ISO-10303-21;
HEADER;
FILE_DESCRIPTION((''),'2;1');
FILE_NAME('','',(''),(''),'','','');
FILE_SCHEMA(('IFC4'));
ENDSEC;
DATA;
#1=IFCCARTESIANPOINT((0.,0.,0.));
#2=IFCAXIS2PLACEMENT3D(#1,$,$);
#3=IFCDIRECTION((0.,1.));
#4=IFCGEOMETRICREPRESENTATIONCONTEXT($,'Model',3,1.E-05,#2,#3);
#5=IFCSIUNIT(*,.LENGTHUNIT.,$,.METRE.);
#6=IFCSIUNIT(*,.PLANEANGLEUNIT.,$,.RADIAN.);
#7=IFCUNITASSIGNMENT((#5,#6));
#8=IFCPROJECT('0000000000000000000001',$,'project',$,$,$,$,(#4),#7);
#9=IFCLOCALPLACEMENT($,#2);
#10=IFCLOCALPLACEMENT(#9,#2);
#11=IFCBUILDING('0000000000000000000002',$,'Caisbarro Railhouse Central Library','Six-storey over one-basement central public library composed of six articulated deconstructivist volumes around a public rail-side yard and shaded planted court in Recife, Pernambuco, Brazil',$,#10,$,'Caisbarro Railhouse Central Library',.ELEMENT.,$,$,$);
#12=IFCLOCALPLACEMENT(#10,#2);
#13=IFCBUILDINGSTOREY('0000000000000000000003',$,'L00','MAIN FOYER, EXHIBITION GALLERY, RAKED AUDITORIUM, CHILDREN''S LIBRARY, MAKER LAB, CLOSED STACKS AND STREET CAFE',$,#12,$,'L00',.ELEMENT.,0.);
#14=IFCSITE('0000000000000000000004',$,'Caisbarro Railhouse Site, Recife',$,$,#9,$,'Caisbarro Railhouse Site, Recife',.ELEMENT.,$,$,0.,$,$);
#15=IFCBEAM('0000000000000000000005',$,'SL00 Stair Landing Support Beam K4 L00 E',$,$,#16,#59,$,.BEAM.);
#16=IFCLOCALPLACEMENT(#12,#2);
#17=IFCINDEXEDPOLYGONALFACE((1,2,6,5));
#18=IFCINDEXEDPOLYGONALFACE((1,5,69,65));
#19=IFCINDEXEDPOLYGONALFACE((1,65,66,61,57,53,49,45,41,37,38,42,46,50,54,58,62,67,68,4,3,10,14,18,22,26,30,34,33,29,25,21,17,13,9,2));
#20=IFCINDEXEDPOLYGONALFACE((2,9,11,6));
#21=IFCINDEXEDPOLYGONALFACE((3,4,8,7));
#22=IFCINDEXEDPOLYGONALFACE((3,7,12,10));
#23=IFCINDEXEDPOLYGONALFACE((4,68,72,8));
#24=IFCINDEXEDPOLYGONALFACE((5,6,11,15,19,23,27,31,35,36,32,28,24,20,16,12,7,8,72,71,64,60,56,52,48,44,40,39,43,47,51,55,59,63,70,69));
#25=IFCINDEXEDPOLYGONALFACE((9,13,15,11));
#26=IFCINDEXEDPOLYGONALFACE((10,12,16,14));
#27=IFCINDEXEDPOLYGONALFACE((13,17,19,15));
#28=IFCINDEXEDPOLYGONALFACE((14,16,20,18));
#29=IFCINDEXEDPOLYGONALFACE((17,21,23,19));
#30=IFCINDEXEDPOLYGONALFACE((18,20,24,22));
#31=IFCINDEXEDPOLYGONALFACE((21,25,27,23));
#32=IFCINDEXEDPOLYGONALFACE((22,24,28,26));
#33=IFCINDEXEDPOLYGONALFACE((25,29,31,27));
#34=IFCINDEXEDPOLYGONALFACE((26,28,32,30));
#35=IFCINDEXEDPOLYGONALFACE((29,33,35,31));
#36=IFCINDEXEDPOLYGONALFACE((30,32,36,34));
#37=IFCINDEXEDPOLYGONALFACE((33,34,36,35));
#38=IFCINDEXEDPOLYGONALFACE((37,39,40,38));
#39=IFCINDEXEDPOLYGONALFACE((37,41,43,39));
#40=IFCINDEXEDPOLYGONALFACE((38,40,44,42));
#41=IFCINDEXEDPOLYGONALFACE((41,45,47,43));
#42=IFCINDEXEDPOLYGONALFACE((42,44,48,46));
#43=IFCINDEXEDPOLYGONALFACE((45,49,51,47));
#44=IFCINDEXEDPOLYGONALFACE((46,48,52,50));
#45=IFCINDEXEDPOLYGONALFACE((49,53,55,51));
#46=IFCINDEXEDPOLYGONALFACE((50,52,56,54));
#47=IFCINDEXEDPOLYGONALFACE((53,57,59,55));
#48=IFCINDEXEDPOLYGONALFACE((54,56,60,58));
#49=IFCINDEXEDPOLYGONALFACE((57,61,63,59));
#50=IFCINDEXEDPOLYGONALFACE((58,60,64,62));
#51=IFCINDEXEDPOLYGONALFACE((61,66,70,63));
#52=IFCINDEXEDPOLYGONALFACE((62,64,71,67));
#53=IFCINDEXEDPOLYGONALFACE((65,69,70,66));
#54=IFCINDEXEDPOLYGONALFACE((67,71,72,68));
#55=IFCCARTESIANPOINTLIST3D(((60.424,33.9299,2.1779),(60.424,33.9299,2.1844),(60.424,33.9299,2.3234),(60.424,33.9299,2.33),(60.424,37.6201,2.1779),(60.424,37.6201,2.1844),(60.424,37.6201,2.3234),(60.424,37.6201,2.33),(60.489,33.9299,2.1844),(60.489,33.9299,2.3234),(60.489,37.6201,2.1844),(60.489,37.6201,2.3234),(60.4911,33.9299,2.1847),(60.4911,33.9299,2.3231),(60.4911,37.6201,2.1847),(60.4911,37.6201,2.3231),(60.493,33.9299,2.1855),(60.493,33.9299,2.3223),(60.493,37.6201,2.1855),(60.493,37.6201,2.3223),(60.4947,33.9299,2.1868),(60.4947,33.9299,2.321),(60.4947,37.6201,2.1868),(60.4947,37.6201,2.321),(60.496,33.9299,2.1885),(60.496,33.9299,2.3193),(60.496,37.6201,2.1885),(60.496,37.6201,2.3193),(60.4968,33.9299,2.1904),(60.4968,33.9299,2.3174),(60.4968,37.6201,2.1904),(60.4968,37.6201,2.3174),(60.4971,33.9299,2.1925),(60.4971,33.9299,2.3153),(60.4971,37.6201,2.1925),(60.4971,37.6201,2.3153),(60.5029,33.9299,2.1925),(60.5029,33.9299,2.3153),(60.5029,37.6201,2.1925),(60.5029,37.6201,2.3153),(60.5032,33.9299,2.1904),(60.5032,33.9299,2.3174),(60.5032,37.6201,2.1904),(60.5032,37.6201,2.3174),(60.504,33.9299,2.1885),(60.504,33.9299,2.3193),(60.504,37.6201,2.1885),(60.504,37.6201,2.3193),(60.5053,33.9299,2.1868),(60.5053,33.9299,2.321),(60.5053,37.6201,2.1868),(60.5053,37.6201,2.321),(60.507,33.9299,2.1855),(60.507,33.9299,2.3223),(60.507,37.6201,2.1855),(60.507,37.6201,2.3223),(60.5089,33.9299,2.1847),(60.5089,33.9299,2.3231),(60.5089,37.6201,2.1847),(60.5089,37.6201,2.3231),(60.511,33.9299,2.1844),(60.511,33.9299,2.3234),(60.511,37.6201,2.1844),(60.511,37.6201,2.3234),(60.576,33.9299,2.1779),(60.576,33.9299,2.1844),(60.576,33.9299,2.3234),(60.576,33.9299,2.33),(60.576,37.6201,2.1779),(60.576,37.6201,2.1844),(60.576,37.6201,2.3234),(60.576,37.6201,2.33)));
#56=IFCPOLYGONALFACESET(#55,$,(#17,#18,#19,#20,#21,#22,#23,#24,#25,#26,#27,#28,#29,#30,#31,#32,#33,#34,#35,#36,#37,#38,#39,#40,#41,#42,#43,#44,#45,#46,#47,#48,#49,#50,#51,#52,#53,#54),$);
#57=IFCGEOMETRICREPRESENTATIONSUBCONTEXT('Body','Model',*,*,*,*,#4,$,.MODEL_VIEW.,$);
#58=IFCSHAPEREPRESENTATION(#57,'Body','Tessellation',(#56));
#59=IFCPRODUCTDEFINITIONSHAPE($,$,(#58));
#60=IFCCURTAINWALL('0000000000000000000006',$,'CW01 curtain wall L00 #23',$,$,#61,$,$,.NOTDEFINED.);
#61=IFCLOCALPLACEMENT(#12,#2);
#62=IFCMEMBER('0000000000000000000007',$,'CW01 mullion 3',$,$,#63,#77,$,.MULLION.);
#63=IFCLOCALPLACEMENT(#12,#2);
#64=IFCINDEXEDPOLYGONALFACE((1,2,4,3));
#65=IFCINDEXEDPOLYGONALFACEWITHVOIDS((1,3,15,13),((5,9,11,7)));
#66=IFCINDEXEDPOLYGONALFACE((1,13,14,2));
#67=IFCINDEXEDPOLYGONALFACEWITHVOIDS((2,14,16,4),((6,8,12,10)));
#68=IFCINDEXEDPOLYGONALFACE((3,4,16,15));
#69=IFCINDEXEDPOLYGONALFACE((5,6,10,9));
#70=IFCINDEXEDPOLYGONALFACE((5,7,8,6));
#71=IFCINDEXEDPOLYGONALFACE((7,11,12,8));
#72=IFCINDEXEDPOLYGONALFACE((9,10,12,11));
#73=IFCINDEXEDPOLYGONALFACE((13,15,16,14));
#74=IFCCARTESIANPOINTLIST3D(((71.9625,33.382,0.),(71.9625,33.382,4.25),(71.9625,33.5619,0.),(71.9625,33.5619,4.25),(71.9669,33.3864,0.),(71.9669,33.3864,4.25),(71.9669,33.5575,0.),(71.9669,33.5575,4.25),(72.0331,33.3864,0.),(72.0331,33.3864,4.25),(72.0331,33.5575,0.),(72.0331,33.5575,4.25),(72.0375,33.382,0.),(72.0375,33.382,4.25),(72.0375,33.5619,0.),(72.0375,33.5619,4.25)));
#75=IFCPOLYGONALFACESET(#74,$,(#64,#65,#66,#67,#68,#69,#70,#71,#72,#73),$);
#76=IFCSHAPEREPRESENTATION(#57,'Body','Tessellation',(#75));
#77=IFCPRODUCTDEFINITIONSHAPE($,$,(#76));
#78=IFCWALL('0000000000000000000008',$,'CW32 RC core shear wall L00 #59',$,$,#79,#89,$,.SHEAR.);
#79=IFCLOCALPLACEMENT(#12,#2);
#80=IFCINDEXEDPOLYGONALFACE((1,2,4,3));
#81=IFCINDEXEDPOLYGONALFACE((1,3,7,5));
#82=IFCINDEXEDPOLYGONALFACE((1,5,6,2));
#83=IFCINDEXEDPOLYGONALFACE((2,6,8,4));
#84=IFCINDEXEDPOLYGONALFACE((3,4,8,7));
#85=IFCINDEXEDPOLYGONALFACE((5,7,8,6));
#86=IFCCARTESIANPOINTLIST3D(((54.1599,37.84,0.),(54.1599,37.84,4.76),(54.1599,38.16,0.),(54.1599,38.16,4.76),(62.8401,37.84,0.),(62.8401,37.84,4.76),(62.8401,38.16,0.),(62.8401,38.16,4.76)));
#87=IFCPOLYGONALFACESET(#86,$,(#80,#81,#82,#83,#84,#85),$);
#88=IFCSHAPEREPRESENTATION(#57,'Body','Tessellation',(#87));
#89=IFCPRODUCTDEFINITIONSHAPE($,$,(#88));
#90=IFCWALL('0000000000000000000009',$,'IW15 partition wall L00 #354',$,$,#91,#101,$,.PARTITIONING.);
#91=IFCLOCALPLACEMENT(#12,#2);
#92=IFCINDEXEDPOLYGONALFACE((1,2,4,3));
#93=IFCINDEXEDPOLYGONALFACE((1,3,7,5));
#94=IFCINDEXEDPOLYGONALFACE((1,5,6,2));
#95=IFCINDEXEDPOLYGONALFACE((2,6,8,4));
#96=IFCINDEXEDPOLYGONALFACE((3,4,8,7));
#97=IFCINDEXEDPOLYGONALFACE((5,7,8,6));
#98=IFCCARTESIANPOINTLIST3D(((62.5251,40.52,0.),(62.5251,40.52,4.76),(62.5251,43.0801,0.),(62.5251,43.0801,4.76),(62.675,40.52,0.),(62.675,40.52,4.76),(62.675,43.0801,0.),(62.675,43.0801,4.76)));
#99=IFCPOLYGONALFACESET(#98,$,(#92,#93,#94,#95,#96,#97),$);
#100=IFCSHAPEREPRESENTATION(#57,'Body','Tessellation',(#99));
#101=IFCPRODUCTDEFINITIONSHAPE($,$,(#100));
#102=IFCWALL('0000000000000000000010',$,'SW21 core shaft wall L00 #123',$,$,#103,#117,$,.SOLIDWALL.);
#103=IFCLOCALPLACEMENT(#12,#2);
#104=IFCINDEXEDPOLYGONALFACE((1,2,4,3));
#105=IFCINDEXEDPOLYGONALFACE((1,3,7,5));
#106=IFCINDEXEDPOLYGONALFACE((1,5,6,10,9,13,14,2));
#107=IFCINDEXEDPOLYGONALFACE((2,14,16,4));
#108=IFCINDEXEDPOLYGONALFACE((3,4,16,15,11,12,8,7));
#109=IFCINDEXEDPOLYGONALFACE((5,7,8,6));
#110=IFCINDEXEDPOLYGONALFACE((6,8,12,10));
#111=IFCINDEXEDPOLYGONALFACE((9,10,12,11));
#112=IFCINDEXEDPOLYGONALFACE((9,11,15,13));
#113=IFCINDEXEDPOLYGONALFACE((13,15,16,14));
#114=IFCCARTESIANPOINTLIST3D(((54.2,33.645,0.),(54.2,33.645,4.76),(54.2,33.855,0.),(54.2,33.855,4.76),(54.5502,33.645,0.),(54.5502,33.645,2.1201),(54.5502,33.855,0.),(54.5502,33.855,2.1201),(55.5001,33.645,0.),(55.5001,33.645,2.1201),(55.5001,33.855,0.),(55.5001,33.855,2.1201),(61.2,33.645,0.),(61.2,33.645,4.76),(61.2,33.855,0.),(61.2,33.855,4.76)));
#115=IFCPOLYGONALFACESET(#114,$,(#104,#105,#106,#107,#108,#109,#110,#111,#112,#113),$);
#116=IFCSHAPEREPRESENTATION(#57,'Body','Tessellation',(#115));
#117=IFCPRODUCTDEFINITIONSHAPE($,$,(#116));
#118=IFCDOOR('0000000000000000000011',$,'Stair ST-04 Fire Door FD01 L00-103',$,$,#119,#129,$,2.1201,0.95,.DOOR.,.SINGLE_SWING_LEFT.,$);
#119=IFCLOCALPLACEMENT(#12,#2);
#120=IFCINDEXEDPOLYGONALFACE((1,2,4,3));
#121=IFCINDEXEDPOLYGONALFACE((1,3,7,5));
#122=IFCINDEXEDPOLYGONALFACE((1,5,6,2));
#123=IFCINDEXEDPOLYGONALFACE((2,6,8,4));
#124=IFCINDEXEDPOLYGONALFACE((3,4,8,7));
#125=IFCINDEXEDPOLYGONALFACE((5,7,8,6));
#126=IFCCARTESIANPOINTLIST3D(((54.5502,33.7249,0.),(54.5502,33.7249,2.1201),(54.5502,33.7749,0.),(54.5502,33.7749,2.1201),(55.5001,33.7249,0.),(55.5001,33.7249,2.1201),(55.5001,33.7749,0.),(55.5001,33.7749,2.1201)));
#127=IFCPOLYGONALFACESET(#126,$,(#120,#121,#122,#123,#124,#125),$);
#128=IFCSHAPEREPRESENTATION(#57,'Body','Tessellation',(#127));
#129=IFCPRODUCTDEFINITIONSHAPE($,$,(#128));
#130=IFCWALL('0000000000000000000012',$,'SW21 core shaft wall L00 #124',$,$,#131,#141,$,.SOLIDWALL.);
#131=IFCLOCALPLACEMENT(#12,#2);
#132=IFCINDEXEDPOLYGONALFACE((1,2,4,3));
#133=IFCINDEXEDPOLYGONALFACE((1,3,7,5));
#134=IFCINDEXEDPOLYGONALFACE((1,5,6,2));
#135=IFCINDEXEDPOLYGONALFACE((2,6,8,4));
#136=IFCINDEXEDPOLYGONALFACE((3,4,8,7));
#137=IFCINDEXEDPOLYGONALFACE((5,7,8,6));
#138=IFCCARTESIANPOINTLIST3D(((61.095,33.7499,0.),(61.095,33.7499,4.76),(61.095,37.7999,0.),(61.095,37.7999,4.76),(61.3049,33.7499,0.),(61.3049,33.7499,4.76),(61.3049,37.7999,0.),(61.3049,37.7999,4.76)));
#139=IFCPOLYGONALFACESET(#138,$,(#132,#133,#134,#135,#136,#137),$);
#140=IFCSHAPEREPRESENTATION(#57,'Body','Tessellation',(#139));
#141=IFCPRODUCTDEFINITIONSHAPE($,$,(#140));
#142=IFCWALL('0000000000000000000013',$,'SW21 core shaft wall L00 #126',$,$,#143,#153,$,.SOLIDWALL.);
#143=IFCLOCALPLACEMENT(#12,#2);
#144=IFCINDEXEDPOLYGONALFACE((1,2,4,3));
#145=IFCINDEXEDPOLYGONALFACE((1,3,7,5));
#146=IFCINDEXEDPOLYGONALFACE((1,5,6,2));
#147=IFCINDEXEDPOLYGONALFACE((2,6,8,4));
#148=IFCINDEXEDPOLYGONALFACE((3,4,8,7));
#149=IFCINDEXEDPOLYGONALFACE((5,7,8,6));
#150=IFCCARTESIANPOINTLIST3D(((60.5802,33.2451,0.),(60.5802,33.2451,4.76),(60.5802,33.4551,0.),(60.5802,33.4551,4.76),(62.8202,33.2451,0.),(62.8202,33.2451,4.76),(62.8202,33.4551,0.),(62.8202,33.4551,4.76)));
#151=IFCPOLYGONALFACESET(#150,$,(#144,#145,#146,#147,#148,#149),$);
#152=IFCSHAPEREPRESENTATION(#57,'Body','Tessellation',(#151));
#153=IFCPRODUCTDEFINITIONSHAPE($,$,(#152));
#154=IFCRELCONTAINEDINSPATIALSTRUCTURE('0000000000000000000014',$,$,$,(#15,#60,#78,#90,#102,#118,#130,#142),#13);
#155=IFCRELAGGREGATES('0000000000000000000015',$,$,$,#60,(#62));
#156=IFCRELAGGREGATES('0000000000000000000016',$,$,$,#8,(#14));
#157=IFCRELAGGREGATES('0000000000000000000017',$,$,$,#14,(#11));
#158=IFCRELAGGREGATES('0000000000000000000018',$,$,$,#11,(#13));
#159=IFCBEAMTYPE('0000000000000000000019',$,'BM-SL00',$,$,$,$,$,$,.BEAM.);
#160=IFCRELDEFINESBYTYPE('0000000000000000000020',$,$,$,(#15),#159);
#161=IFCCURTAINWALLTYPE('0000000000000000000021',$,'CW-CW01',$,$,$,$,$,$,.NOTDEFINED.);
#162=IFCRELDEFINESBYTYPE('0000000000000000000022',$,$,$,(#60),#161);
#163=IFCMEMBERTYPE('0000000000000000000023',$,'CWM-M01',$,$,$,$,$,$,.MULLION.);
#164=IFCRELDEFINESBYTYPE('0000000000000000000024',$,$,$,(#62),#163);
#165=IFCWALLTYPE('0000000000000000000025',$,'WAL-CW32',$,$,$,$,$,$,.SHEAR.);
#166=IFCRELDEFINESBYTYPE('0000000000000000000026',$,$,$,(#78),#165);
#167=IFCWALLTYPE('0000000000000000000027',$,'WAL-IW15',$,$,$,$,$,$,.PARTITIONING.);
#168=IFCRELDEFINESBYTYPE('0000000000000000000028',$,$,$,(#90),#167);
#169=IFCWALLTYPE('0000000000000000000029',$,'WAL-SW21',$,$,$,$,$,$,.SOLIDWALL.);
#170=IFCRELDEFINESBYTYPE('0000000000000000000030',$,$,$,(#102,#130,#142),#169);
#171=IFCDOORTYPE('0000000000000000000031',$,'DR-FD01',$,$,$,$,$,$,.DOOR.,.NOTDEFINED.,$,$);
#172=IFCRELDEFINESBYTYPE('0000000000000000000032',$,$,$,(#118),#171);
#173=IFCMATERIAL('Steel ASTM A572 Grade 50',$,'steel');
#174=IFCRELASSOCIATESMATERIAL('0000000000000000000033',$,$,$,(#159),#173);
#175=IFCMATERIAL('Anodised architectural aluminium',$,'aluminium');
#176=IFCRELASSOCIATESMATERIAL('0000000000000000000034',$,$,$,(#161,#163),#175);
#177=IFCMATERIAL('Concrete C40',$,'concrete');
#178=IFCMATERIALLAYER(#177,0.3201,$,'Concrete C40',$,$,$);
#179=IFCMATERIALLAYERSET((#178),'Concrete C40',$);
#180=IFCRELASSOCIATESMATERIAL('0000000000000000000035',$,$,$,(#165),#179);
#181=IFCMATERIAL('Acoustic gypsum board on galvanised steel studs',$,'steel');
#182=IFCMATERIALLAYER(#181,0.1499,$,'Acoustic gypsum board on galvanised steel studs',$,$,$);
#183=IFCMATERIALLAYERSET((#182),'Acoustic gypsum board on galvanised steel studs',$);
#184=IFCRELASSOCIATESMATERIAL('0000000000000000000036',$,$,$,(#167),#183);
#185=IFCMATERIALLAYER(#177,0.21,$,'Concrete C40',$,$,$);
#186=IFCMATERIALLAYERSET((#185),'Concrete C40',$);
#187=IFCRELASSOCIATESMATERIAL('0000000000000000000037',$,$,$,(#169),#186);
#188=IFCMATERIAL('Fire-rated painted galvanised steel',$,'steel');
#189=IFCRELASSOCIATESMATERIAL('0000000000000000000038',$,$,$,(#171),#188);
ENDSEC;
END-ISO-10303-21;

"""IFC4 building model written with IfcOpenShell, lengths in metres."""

from ifc_helpers import new_model, si_unit, direction, frame, frame_2d, origin, origin_2d, place, context, subcontext, project, spatial, rectangle, hollow_rectangle, i_section, extrude, material, layer, layer_set, material_profile, profile_set, type_object, element, fill, aggregate, save


model = new_model("IFC4")

# Units and contexts
model_context = context("Model", 3, precision=1e-05, world=origin(), true_north=direction((0.0, 1.0)))
body_context = subcontext(model_context, "Body", "Model", "MODEL_VIEW")
ifc_project = project(units=[si_unit("LENGTHUNIT", "METRE"), si_unit("PLANEANGLEUNIT", "RADIAN")], contexts=[model_context])

# Site, building, storey
site_placement = place(None, origin())
site = spatial("IfcSite", under=ifc_project, at=site_placement, Name="Caisbarro Railhouse Site, Recife", LongName="Caisbarro Railhouse Site, Recife", CompositionType="ELEMENT", RefElevation=0.0)
building_placement = place(site_placement, origin())
building = spatial("IfcBuilding", under=site, at=building_placement, Name="Caisbarro Railhouse Central Library", Description="Six-storey over one-basement central public library composed of six articulated deconstructivist volumes around a public rail-side yard and shaded planted court in Recife, Pernambuco, Brazil", LongName="Caisbarro Railhouse Central Library", CompositionType="ELEMENT")
storey_placement = place(building_placement, origin())
storey = spatial("IfcBuildingStorey", under=building, at=storey_placement, Name="L00", Description="MAIN FOYER, EXHIBITION GALLERY, RAKED AUDITORIUM, CHILDREN'S LIBRARY, MAKER LAB, CLOSED STACKS AND STREET CAFE", LongName="L00", CompositionType="ELEMENT", Elevation=0.0)

# Shared definitions
ifc_material_1 = material(Name="Steel ASTM A572 Grade 50", Category="steel")

# Beam
ifc_material_profile_1 = material_profile(ifc_material_1, i_section(OverallWidth=0.1521, OverallDepth=0.1521, WebThickness=0.0059, FlangeThickness=0.0066, FilletRadius=0.0081, at=origin_2d()), Name="W150X22.5")
ifc_profile_set_1 = profile_set([ifc_material_profile_1], Name="Steel ASTM A572 Grade 50")
beam_type_1 = type_object("IfcBeamType", Name="BM-SL00", PredefinedType="BEAM", material=ifc_profile_set_1)
for number, where, z_axis, x_axis, name in (
    (1, (60.5, 33.9299, 2.2539), (0.0, 1.0, 0.0), (-1.0, 0.0, 0.0), "SL00 Stair Landing Support Beam K4 L00 E"),
):
    element("IfcBeam", number, at=place(storey_placement, frame(where, z_axis=z_axis, x_axis=x_axis)), inside=storey, type_object=beam_type_1, Name=name, PredefinedType="BEAM", context=body_context, shape_type="SweptSolid", body=[
        extrude(i_section(OverallWidth=0.1521, OverallDepth=0.1521, WebThickness=0.0059, FlangeThickness=0.0066, FilletRadius=0.0081, at=origin_2d()), origin(), (0.0, 0.0, 1.0), 3.6902),
    ])

# Curtain wall, member
ifc_material_2 = material(Name="Anodised architectural aluminium", Category="aluminium")
curtain_wall_type = type_object("IfcCurtainWallType", Name="CW-CW01", PredefinedType="NOTDEFINED", material=ifc_material_2)
curtain_wall_placement = place(storey_placement, origin())
curtain_wall = element("IfcCurtainWall", 2, at=curtain_wall_placement, inside=storey, type_object=curtain_wall_type, Name="CW01 curtain wall L00 #23", PredefinedType="NOTDEFINED")
ifc_material_profile_2 = material_profile(ifc_material_2, hollow_rectangle(XDim=0.075, YDim=0.1799, WallThickness=0.0044, at=origin_2d()), Name="ALU-MUL-75X180")
ifc_profile_set_2 = profile_set([ifc_material_profile_2], Name="Anodised architectural aluminium")
member_type = type_object("IfcMemberType", Name="CWM-M01", PredefinedType="MULLION", material=ifc_profile_set_2)
member_placement = place(storey_placement, frame((72.0, 33.4719, 0.0), z_axis=(0.0, 0.0, 1.0), x_axis=(-1.0, 0.0, 0.0)))
member = element("IfcMember", 3, at=member_placement, type_object=member_type, Name="CW01 mullion 3", PredefinedType="MULLION", context=body_context, shape_type="SweptSolid", body=[
    extrude(hollow_rectangle(XDim=0.075, YDim=0.1799, WallThickness=0.0044, at=origin_2d()), origin(), (0.0, 0.0, 1.0), 4.25),
])
aggregate(curtain_wall, [member])

# Walls
ifc_material_3 = material(Name="Concrete C40", Category="concrete")
ifc_layer_1 = layer(ifc_material_3, 0.3201, Name="Concrete C40")
ifc_layer_set_1 = layer_set([ifc_layer_1], Name="Concrete C40")
wall_type_1 = type_object("IfcWallType", Name="WAL-CW32", PredefinedType="SHEAR", material=ifc_layer_set_1)
wall_1_placement = place(storey_placement, frame((54.1599, 38.0, 0.0), z_axis=(0.0, 0.0, 1.0), x_axis=(1.0, 0.0, 0.0)))
element("IfcWall", 4, at=wall_1_placement, inside=storey, type_object=wall_type_1, Name="CW32 RC core shear wall L00 #59", PredefinedType="SHEAR", context=body_context, shape_type="SweptSolid", body=[
    extrude(rectangle(XDim=8.6802, YDim=0.3201, at=frame_2d((4.3401, 0.0))), origin(), (0.0, 0.0, 1.0), 4.76),
])
ifc_material_4 = material(Name="Acoustic gypsum board on galvanised steel studs", Category="steel")
ifc_layer_2 = layer(ifc_material_4, 0.1499, Name="Acoustic gypsum board on galvanised steel studs")
ifc_layer_set_2 = layer_set([ifc_layer_2], Name="Acoustic gypsum board on galvanised steel studs")
wall_type_2 = type_object("IfcWallType", Name="WAL-IW15", PredefinedType="PARTITIONING", material=ifc_layer_set_2)
wall_2_placement = place(storey_placement, frame((62.6001, 40.52, 0.0), z_axis=(0.0, 0.0, 1.0), x_axis=(0.0, 1.0, 0.0)))
element("IfcWall", 5, at=wall_2_placement, inside=storey, type_object=wall_type_2, Name="IW15 partition wall L00 #354", PredefinedType="PARTITIONING", context=body_context, shape_type="SweptSolid", body=[
    extrude(rectangle(XDim=2.5601, YDim=0.1499, at=frame_2d((1.28, 0.0))), origin(), (0.0, 0.0, 1.0), 4.76),
])

# Wall, opening, door
ifc_layer_3 = layer(ifc_material_3, 0.21, Name="Concrete C40")
ifc_layer_set_3 = layer_set([ifc_layer_3], Name="Concrete C40")
wall_type_3 = type_object("IfcWallType", Name="WAL-SW21", PredefinedType="SOLIDWALL", material=ifc_layer_set_3)
wall_3_placement = place(storey_placement, frame((54.2, 33.75, 0.0), z_axis=(0.0, 0.0, 1.0), x_axis=(1.0, 0.0, 0.0)))
wall_3 = element("IfcWall", 6, at=wall_3_placement, inside=storey, type_object=wall_type_3, Name="SW21 core shaft wall L00 #123", PredefinedType="SOLIDWALL", context=body_context, shape_type="SweptSolid", body=[
    extrude(rectangle(XDim=7.0, YDim=0.21, at=frame_2d((3.5, 0.0))), origin(), (0.0, 0.0, 1.0), 4.76),
])
opening_placement = place(wall_3_placement, frame((0.3501, 0.0, 0.0)))
opening = element("IfcOpeningElement", 7, at=opening_placement, cuts=wall_3, PredefinedType="OPENING", context=body_context, shape_type="SweptSolid", body=[
    extrude(rectangle(XDim=0.95, YDim=2.1201, at=frame_2d((0.4751, 1.0601))), frame((0.0, 0.115, 0.0), z_axis=(0.0, -1.0, 0.0), x_axis=(1.0, 0.0, 0.0)), (0.0, 0.0, 1.0), 0.23),
])
ifc_material_5 = material(Name="Fire-rated painted galvanised steel", Category="steel")
door_type = type_object("IfcDoorType", Name="DR-FD01", OperationType="NOTDEFINED", PredefinedType="DOOR", material=ifc_material_5)
door_placement = place(opening_placement, origin())
door = element("IfcDoor", 8, at=door_placement, inside=storey, type_object=door_type, Name="Stair ST-04 Fire Door FD01 L00-103", OperationType="SINGLE_SWING_LEFT", OverallHeight=2.1201, OverallWidth=0.95, PredefinedType="DOOR", context=body_context, shape_type="SweptSolid", body=[
    extrude(rectangle(XDim=0.95, YDim=2.1201, at=frame_2d((0.4751, 1.0601))), frame((0.0, 0.0249, 0.0), z_axis=(0.0, -1.0, 0.0), x_axis=(1.0, 0.0, 0.0)), (0.0, 0.0, 1.0), 0.05),
])
fill(opening, door)

# Walls
wall_4_placement = place(storey_placement, frame((61.2, 33.75, 0.0), z_axis=(0.0, 0.0, 1.0), x_axis=(0.0, 1.0, 0.0)))
element("IfcWall", 9, at=wall_4_placement, inside=storey, type_object=wall_type_3, Name="SW21 core shaft wall L00 #124", PredefinedType="SOLIDWALL", context=body_context, shape_type="SweptSolid", body=[
    extrude(rectangle(XDim=4.05, YDim=0.21, at=frame_2d((2.0249, 0.0))), origin(), (0.0, 0.0, 1.0), 4.76),
])
wall_5_placement = place(storey_placement, frame((60.5801, 33.3501, 0.0), z_axis=(0.0, 0.0, 1.0), x_axis=(1.0, 0.0, 0.0)))
element("IfcWall", 10, at=wall_5_placement, inside=storey, type_object=wall_type_3, Name="SW21 core shaft wall L00 #126", PredefinedType="SOLIDWALL", context=body_context, shape_type="SweptSolid", body=[
    extrude(rectangle(XDim=2.24, YDim=0.21, at=frame_2d((1.1201, 0.0))), origin(), (0.0, 0.0, 1.0), 4.76),
])

save(model, "model.ifc")
